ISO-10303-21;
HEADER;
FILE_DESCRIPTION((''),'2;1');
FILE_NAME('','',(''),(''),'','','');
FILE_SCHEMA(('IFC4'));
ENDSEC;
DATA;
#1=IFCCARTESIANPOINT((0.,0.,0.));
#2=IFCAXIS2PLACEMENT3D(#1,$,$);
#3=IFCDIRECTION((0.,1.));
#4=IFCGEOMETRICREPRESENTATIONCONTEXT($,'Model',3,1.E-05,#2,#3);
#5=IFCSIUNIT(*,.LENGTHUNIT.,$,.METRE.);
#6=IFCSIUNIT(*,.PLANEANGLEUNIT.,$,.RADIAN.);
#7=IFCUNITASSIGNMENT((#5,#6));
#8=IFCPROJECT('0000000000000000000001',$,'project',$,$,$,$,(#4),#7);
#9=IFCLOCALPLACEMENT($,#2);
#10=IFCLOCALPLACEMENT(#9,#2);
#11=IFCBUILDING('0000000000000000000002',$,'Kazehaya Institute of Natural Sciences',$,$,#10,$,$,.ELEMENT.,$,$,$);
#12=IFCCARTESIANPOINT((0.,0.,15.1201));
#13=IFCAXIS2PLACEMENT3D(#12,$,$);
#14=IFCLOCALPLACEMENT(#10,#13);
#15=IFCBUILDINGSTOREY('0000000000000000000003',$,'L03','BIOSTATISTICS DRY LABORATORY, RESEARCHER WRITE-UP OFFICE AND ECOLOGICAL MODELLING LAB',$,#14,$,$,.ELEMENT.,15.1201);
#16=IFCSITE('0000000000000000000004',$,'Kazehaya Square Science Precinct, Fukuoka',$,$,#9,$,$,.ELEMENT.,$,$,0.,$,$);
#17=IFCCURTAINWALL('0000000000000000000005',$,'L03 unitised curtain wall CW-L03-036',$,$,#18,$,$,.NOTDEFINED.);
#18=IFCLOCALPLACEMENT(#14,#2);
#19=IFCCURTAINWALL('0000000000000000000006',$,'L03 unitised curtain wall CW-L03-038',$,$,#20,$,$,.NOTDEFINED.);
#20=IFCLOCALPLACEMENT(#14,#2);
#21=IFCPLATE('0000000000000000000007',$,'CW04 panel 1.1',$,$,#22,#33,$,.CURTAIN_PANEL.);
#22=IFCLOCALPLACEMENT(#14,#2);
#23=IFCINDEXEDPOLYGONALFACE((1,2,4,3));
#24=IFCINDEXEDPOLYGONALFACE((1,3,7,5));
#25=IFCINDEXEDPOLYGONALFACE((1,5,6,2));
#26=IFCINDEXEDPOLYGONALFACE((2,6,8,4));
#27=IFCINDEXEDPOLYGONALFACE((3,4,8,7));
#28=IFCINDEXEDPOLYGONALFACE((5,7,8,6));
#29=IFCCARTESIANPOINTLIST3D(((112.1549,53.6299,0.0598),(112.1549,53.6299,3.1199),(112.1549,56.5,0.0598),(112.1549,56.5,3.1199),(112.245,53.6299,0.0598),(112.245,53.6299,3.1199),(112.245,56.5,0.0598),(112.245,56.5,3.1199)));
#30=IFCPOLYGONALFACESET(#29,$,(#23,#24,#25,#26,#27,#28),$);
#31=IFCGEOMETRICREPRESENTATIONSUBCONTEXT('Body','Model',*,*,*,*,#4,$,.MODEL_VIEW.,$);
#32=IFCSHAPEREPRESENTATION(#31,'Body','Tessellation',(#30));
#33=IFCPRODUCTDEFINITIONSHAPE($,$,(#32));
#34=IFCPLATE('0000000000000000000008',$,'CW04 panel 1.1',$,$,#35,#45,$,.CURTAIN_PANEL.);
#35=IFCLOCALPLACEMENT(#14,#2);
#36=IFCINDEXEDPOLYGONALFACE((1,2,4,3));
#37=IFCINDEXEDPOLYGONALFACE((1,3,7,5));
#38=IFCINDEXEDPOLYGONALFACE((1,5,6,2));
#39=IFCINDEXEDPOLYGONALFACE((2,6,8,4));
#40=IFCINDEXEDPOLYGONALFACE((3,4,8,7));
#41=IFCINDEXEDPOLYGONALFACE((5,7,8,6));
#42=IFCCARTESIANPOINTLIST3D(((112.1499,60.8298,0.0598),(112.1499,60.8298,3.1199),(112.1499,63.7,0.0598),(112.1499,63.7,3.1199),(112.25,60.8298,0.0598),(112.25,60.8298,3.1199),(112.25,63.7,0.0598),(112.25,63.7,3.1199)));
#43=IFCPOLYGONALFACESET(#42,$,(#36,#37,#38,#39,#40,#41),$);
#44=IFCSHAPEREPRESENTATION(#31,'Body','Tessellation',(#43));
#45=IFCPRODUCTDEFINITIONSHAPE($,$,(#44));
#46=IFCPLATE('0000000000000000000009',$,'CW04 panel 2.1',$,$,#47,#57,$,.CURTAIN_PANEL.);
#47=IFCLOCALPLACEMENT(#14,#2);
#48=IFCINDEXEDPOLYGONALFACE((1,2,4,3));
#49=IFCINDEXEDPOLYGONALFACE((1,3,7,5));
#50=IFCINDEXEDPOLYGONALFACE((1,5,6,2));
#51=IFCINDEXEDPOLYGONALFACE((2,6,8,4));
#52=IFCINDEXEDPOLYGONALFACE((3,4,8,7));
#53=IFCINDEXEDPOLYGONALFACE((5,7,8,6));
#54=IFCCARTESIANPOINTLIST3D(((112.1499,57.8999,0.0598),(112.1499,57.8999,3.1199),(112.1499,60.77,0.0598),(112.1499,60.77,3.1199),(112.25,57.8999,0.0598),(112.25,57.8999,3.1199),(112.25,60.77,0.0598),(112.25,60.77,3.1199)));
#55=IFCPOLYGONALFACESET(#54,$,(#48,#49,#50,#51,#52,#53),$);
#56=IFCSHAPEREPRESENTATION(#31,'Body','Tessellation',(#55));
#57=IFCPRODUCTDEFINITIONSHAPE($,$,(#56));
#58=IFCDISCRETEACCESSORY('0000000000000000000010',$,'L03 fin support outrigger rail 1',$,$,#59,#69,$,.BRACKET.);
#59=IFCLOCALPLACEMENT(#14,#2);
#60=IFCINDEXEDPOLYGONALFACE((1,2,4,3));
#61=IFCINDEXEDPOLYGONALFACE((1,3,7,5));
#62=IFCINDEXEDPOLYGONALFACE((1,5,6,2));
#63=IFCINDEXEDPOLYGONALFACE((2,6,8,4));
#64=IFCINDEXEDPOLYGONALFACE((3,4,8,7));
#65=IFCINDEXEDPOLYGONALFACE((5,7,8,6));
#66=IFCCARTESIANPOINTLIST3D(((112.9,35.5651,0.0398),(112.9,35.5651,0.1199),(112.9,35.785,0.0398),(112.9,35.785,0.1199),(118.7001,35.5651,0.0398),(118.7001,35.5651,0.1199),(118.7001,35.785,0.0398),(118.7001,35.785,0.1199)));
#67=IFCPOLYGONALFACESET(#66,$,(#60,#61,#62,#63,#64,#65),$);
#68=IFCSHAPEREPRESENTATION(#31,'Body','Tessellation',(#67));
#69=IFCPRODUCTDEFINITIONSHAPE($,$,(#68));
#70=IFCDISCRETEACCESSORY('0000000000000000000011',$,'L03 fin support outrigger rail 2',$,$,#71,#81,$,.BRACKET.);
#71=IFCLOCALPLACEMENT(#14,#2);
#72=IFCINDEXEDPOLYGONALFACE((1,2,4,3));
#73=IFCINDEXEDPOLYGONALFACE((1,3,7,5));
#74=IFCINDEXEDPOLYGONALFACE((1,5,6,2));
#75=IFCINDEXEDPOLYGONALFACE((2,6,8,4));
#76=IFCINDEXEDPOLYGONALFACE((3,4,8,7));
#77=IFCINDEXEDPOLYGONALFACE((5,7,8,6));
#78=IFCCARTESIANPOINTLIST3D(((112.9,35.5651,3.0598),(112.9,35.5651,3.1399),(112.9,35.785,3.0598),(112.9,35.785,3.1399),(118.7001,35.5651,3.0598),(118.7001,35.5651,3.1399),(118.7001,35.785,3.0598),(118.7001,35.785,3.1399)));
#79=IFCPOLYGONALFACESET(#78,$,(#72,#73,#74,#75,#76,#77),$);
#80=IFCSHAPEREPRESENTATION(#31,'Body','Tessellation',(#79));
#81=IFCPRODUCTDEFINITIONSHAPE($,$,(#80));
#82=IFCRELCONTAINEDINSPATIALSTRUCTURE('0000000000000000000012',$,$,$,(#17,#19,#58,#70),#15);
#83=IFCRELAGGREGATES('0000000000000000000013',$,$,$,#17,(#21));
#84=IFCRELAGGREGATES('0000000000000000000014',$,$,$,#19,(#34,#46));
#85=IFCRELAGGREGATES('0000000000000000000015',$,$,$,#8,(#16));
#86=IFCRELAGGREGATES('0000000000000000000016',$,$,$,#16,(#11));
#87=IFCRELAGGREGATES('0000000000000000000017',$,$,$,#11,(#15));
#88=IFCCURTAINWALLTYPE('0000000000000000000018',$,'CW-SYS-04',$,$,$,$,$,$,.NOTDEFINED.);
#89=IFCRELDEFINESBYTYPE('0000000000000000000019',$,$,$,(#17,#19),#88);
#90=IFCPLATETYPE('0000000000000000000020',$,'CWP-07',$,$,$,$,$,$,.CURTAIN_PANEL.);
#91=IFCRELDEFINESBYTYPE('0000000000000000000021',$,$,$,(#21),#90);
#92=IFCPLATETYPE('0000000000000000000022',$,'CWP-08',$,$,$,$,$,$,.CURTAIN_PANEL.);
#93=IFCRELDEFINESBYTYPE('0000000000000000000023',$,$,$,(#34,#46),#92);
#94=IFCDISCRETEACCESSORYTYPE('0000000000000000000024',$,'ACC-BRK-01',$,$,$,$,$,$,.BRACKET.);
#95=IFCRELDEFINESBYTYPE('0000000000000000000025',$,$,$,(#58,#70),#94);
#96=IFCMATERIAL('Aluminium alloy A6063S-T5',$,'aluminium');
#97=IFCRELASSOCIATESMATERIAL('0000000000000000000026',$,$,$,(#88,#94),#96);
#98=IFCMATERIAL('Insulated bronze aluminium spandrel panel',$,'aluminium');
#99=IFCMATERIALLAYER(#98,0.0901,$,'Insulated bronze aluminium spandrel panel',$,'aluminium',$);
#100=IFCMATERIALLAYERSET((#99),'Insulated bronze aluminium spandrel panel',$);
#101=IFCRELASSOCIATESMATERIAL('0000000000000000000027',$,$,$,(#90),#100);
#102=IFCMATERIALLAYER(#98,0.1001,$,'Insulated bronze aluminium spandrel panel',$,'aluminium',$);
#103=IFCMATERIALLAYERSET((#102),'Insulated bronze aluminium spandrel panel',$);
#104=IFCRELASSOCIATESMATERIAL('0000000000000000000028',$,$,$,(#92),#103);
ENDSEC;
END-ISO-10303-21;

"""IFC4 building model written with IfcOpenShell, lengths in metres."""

from ifc_helpers import new_model, si_unit, direction, frame, origin, origin_2d, place, context, subcontext, project, spatial, rectangle, extrude, material, layer, layer_set, type_object, element, aggregate, save


model = new_model("IFC4")

# Units and contexts
model_context = context("Model", 3, precision=1e-05, world=origin(), true_north=direction((0.0, 1.0)))
body_context = subcontext(model_context, "Body", "Model", "MODEL_VIEW")
ifc_project = project(units=[si_unit("LENGTHUNIT", "METRE"), si_unit("PLANEANGLEUNIT", "RADIAN")], contexts=[model_context])

# Site, building, storey
site_placement = place(None, origin())
site = spatial("IfcSite", under=ifc_project, at=site_placement, Name="Kazehaya Square Science Precinct, Fukuoka", CompositionType="ELEMENT", RefElevation=0.0)
building_placement = place(site_placement, origin())
building = spatial("IfcBuilding", under=site, at=building_placement, Name="Kazehaya Institute of Natural Sciences", CompositionType="ELEMENT")
storey_placement = place(building_placement, frame((0.0, 0.0, 15.1201)))
storey = spatial("IfcBuildingStorey", under=building, at=storey_placement, Name="L03", Description="BIOSTATISTICS DRY LABORATORY, RESEARCHER WRITE-UP OFFICE AND ECOLOGICAL MODELLING LAB", CompositionType="ELEMENT", Elevation=15.1201)

# Curtain walls
ifc_material_1 = material(Name="Aluminium alloy A6063S-T5", Category="aluminium")
curtain_wall_type_1 = type_object("IfcCurtainWallType", Name="CW-SYS-04", PredefinedType="NOTDEFINED", material=ifc_material_1)
curtain_wall_1_placement = place(storey_placement, origin())
curtain_wall_1 = element("IfcCurtainWall", 1, at=curtain_wall_1_placement, inside=storey, type_object=curtain_wall_type_1, Name="L03 unitised curtain wall CW-L03-036", PredefinedType="NOTDEFINED")
curtain_wall_2_placement = place(storey_placement, origin())
curtain_wall_2 = element("IfcCurtainWall", 2, at=curtain_wall_2_placement, inside=storey, type_object=curtain_wall_type_1, Name="L03 unitised curtain wall CW-L03-038", PredefinedType="NOTDEFINED")

# Plates
ifc_material_2 = material(Name="Insulated bronze aluminium spandrel panel", Category="aluminium")
ifc_layer_1 = layer(ifc_material_2, 0.0901, Name="Insulated bronze aluminium spandrel panel", Category="aluminium")
ifc_layer_set_1 = layer_set([ifc_layer_1], Name="Insulated bronze aluminium spandrel panel")
plate_type_1 = type_object("IfcPlateType", Name="CWP-07", PredefinedType="CURTAIN_PANEL", material=ifc_layer_set_1)
plate_1_placement = place(storey_placement, frame((112.2, 55.0649, 0.0598), z_axis=(0.0, 0.0, 1.0), x_axis=(0.0, -1.0, 0.0)))
plate_1 = element("IfcPlate", 3, at=plate_1_placement, type_object=plate_type_1, Name="CW04 panel 1.1", PredefinedType="CURTAIN_PANEL", context=body_context, shape_type="SweptSolid", body=[
    extrude(rectangle(XDim=2.8701, YDim=0.0901, at=origin_2d()), origin(), (0.0, 0.0, 1.0), 3.0601),
])
aggregate(curtain_wall_1, [plate_1])
ifc_layer_2 = layer(ifc_material_2, 0.1001, Name="Insulated bronze aluminium spandrel panel", Category="aluminium")
ifc_layer_set_2 = layer_set([ifc_layer_2], Name="Insulated bronze aluminium spandrel panel")
plate_type_2 = type_object("IfcPlateType", Name="CWP-08", PredefinedType="CURTAIN_PANEL", material=ifc_layer_set_2)
plate_2_placement = place(storey_placement, frame((112.2, 62.2649, 0.0598), z_axis=(0.0, 0.0, 1.0), x_axis=(0.0, -1.0, 0.0)))
plate_2 = element("IfcPlate", 4, at=plate_2_placement, type_object=plate_type_2, Name="CW04 panel 1.1", PredefinedType="CURTAIN_PANEL", context=body_context, shape_type="SweptSolid", body=[
    extrude(rectangle(XDim=2.8701, YDim=0.1001, at=origin_2d()), origin(), (0.0, 0.0, 1.0), 3.0601),
])
plate_3_placement = place(storey_placement, frame((112.2, 59.335, 0.0598), z_axis=(0.0, 0.0, 1.0), x_axis=(0.0, -1.0, 0.0)))
plate_3 = element("IfcPlate", 5, at=plate_3_placement, type_object=plate_type_2, Name="CW04 panel 2.1", PredefinedType="CURTAIN_PANEL", context=body_context, shape_type="SweptSolid", body=[
    extrude(rectangle(XDim=2.8701, YDim=0.1001, at=origin_2d()), origin(), (0.0, 0.0, 1.0), 3.0601),
])
aggregate(curtain_wall_2, [plate_2, plate_3])

# Discrete accessories
discrete_accessory_type = type_object("IfcDiscreteAccessoryType", Name="ACC-BRK-01", PredefinedType="BRACKET", material=ifc_material_1)
for number, where, z_axis, x_axis, name in (
    (6, (115.8, 35.675, 0.0398), (0.0, 0.0, 1.0), (1.0, 0.0, 0.0), "L03 fin support outrigger rail 1"),
    (7, (115.8, 35.675, 3.0598), (0.0, 0.0, 1.0), (1.0, 0.0, 0.0), "L03 fin support outrigger rail 2"),
):
    element("IfcDiscreteAccessory", number, at=place(storey_placement, frame(where, z_axis=z_axis, x_axis=x_axis)), inside=storey, type_object=discrete_accessory_type, Name=name, PredefinedType="BRACKET", context=body_context, shape_type="SweptSolid", body=[
        extrude(rectangle(XDim=5.8, YDim=0.22, at=origin_2d()), origin(), (0.0, 0.0, 1.0), 0.0801),
    ])

save(model, "model.ifc")
